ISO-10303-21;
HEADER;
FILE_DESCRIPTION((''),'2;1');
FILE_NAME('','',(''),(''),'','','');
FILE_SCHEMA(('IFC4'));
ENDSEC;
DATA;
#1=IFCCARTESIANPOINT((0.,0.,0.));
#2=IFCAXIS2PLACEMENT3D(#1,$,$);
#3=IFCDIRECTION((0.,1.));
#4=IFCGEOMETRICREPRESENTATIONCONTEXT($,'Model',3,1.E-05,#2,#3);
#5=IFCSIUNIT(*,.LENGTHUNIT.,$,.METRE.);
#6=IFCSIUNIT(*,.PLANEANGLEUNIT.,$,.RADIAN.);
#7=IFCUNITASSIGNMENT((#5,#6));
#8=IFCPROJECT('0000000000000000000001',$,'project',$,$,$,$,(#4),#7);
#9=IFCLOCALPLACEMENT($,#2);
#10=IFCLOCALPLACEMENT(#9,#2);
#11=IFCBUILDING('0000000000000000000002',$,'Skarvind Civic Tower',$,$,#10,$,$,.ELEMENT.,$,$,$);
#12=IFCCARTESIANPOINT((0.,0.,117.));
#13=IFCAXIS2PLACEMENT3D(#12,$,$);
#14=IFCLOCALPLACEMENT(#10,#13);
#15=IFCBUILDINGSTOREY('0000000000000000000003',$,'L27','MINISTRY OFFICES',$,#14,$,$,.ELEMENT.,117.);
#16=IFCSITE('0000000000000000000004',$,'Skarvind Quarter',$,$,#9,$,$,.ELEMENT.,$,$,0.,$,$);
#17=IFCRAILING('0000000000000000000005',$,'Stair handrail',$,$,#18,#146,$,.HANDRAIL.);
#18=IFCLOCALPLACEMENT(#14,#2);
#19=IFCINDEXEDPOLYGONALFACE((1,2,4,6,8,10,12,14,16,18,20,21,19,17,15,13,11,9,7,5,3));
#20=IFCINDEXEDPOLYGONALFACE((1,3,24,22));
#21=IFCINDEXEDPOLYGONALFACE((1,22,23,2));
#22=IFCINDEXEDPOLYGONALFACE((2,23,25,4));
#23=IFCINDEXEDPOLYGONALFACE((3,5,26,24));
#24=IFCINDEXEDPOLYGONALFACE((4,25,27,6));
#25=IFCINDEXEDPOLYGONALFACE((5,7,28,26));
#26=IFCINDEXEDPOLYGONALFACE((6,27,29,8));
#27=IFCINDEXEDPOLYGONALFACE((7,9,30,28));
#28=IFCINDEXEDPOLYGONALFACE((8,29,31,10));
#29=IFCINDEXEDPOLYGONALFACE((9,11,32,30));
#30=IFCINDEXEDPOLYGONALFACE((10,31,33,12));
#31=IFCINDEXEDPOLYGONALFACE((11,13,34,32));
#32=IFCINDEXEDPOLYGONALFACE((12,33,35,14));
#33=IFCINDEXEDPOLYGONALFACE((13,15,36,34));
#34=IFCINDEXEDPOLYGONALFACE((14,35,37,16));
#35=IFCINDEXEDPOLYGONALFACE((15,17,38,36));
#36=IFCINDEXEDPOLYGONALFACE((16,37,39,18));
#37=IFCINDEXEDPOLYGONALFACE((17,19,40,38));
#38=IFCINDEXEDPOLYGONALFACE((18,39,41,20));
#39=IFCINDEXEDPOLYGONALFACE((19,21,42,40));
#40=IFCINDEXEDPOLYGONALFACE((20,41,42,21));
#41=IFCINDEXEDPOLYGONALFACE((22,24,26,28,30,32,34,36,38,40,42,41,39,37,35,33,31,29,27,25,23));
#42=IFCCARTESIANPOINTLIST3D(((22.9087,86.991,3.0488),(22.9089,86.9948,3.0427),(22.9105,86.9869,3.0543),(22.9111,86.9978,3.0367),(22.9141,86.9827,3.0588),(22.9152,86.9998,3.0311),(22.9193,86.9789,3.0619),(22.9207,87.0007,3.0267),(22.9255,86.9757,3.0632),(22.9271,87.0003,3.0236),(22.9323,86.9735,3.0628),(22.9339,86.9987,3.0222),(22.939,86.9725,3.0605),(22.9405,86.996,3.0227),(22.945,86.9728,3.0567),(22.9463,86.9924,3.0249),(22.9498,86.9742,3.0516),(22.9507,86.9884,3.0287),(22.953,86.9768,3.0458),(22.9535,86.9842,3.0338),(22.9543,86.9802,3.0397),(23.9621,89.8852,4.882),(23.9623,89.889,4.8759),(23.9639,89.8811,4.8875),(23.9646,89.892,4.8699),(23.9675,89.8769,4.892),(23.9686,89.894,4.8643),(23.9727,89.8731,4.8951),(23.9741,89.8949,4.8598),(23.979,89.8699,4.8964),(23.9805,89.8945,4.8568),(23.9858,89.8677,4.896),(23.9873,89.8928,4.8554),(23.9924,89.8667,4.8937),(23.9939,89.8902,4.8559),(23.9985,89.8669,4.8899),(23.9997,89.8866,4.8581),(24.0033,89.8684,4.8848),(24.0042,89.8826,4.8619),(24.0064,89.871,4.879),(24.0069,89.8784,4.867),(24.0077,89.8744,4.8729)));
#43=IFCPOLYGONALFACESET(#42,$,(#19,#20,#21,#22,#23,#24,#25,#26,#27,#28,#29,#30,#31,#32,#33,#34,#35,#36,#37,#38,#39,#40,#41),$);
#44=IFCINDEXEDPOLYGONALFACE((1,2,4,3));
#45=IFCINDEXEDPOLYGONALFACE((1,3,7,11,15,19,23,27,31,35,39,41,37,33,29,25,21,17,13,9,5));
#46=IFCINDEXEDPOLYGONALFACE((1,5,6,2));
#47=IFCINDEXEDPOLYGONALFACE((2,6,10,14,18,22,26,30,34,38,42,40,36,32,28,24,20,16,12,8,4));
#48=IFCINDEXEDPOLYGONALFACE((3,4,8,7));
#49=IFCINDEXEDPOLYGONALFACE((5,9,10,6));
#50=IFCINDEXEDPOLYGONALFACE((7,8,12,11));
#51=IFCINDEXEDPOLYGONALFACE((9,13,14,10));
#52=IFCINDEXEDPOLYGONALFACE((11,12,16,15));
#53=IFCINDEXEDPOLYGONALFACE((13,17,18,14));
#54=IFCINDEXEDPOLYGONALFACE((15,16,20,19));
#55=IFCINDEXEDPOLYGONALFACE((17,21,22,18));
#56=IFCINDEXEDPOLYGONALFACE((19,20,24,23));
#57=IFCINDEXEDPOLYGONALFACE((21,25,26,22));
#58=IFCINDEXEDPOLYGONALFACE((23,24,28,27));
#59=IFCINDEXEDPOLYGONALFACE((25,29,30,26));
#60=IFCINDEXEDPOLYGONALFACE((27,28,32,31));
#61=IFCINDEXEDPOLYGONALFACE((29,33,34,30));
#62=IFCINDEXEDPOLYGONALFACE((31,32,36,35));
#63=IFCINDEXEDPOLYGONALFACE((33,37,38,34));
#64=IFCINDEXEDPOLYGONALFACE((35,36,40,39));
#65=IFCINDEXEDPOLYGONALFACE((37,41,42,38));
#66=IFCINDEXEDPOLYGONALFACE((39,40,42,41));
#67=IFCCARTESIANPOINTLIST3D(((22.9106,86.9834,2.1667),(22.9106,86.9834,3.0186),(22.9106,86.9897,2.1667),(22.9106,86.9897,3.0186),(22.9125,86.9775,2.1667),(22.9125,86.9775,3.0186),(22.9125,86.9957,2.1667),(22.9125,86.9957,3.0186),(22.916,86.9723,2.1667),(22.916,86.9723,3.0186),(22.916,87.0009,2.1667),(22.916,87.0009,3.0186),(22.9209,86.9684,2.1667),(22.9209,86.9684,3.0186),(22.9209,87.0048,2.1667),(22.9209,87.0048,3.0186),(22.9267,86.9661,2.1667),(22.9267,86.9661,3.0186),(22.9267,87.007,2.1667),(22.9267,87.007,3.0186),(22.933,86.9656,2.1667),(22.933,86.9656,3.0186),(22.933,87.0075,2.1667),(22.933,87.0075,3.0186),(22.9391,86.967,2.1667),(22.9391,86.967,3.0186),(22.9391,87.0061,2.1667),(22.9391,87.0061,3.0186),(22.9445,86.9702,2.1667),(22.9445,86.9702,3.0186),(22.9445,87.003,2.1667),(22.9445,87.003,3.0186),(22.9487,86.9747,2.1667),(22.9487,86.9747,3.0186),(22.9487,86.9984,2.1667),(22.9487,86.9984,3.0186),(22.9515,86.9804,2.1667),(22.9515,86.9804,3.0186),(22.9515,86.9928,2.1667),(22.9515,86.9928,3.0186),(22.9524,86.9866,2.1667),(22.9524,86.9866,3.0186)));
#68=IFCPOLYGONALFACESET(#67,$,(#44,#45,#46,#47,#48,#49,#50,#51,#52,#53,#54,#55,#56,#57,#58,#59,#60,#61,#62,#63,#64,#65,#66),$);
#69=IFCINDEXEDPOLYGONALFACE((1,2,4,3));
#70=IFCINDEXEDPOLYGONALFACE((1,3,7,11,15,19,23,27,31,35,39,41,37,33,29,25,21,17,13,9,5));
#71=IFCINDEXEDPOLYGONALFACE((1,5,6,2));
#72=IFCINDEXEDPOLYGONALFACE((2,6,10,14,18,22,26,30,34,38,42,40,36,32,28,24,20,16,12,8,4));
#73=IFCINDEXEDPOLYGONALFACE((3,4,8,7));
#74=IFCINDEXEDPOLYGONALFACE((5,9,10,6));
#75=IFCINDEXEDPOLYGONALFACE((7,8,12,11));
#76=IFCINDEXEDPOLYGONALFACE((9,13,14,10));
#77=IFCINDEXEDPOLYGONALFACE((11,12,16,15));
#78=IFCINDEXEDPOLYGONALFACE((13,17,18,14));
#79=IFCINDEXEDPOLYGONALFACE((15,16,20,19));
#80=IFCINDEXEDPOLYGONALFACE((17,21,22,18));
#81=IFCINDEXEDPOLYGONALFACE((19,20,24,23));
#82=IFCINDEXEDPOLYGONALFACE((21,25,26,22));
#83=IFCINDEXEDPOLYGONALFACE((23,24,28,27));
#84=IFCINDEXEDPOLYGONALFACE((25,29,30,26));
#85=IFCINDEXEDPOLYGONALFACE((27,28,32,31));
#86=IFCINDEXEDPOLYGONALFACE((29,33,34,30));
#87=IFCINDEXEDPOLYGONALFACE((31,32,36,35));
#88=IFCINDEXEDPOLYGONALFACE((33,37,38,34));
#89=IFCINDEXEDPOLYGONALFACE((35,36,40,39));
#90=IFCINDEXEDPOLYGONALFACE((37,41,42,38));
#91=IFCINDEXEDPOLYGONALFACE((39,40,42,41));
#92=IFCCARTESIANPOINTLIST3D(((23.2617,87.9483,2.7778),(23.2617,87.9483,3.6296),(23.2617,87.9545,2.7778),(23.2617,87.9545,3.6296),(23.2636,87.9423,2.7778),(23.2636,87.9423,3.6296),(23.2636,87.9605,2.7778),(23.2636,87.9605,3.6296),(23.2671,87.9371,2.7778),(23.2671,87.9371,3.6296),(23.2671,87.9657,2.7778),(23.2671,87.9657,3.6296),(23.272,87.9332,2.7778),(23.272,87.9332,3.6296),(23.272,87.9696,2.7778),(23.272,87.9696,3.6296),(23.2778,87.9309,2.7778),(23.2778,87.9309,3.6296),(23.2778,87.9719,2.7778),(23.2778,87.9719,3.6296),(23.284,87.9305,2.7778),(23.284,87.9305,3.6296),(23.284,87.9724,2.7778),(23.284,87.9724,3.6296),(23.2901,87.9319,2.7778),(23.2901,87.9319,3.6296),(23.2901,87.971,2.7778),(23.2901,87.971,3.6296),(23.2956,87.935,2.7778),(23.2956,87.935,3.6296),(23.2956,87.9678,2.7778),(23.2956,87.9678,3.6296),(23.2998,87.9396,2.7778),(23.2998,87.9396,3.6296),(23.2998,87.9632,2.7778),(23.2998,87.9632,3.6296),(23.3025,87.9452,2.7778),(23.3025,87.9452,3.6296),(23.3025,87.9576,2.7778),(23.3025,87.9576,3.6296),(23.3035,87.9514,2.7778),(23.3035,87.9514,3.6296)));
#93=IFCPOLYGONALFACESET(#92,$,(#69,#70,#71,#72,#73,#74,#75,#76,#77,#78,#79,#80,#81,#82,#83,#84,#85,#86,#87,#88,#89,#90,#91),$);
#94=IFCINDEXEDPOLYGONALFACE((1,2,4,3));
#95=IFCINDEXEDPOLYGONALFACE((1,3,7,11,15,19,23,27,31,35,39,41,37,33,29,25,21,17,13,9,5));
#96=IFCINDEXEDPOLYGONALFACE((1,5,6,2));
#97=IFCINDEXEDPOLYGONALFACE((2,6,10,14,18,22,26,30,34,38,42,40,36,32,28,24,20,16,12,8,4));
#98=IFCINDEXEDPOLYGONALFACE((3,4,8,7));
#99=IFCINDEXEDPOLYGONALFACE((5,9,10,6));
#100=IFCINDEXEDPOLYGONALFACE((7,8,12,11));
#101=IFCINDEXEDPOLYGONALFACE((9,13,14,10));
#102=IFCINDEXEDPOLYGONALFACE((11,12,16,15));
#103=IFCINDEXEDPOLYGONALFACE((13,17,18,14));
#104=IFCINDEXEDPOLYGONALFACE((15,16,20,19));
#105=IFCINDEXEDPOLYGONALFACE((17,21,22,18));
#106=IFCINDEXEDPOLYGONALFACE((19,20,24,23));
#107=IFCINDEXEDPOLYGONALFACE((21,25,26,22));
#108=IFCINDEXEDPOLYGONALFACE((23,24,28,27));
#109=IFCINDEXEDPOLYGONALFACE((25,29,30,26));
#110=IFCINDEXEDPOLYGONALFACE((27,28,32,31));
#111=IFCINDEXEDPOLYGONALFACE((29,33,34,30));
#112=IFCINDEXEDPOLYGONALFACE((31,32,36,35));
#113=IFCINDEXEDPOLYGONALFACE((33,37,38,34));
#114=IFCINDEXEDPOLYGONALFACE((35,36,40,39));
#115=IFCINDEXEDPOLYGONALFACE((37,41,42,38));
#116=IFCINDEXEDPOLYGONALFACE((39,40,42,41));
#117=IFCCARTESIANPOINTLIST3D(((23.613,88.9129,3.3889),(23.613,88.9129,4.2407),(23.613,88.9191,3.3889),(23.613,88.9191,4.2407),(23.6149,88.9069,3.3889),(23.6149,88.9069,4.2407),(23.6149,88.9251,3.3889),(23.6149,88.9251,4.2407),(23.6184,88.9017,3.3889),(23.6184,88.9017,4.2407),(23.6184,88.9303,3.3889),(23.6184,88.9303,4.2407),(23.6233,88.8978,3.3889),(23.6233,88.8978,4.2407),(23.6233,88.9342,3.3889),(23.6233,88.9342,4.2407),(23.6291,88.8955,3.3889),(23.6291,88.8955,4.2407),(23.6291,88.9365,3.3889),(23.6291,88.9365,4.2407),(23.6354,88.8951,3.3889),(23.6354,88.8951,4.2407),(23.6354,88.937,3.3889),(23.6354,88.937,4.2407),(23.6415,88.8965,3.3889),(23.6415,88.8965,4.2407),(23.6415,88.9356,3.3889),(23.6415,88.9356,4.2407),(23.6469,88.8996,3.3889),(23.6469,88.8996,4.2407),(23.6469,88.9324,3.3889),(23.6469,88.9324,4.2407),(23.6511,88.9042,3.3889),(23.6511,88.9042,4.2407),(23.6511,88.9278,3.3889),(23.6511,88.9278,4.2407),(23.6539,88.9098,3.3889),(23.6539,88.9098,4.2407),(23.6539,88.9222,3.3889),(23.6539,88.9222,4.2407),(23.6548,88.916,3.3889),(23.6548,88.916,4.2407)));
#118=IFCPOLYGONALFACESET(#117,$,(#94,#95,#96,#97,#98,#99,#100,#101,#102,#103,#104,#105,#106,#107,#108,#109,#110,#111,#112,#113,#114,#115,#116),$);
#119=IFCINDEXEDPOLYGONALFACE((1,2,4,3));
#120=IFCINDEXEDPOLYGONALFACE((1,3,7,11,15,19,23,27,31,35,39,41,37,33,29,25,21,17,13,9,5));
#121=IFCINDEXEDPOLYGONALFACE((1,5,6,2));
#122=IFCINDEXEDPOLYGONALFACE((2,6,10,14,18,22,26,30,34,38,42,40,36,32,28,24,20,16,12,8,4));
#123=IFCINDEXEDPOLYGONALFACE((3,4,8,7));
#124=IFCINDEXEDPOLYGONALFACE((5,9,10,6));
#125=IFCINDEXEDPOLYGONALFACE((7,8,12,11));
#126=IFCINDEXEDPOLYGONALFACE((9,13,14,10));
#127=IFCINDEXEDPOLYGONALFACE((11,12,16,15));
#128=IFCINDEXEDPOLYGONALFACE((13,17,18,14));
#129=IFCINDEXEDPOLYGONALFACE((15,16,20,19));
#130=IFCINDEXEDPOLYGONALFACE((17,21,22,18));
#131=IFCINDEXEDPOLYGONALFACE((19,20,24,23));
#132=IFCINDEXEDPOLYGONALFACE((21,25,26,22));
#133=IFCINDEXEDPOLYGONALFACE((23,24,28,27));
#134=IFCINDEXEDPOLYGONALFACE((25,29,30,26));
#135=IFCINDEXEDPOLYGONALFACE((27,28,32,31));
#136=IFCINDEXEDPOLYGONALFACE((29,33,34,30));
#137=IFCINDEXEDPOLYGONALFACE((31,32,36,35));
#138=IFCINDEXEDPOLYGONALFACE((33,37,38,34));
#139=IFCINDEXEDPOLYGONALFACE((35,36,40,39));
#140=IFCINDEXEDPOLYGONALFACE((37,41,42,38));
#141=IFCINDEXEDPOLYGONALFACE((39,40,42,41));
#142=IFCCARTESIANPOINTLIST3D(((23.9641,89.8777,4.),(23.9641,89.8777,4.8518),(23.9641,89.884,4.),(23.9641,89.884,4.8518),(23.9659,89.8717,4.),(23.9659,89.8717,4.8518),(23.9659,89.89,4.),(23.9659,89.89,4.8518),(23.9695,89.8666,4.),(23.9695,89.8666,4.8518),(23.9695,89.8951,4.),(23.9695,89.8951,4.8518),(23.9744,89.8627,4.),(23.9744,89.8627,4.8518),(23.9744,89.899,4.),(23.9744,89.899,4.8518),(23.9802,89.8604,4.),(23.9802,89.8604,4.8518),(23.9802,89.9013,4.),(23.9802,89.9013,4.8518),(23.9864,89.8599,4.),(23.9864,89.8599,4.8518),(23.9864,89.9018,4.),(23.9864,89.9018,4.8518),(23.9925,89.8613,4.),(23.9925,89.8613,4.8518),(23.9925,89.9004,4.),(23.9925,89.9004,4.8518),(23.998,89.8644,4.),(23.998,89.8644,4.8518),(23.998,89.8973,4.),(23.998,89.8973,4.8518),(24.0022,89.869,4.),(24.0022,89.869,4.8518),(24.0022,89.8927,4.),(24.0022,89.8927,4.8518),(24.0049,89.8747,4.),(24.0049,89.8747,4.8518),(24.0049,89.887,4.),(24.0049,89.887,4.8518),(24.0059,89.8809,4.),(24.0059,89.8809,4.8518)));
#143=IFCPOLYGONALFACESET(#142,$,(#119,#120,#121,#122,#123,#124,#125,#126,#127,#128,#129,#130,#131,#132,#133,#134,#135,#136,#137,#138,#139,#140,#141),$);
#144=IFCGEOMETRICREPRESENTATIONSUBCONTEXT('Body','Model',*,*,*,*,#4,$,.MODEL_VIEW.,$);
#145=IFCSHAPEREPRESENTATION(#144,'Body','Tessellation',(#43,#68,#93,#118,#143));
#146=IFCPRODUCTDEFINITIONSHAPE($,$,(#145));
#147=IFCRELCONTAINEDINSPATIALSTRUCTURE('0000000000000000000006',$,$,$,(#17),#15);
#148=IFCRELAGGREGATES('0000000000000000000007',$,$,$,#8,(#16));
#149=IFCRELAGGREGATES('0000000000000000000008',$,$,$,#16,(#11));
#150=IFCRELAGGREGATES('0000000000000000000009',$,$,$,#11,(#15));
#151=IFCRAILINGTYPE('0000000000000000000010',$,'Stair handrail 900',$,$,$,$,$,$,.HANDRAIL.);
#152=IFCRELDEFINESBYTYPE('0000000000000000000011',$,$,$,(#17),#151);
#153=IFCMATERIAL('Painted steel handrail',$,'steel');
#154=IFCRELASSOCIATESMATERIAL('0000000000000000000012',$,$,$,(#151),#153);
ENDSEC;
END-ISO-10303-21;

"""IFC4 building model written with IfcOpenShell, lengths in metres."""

from ifc_helpers import new_model, si_unit, direction, frame, origin, origin_2d, place, context, subcontext, project, spatial, circle, extrude, material, type_object, element, save


model = new_model("IFC4")

# Units and contexts
model_context = context("Model", 3, precision=1e-05, world=origin(), true_north=direction((0.0, 1.0)))
body_context = subcontext(model_context, "Body", "Model", "MODEL_VIEW")
ifc_project = project(units=[si_unit("LENGTHUNIT", "METRE"), si_unit("PLANEANGLEUNIT", "RADIAN")], contexts=[model_context])

# Site, building, storey
site_placement = place(None, origin())
site = spatial("IfcSite", under=ifc_project, at=site_placement, Name="Skarvind Quarter", CompositionType="ELEMENT", RefElevation=0.0)
building_placement = place(site_placement, origin())
building = spatial("IfcBuilding", under=site, at=building_placement, Name="Skarvind Civic Tower", CompositionType="ELEMENT")
storey_placement = place(building_placement, frame((0.0, 0.0, 117.0)))
storey = spatial("IfcBuildingStorey", under=building, at=storey_placement, Name="L27", Description="MINISTRY OFFICES", CompositionType="ELEMENT", Elevation=117.0)

# Railing
ifc_material_1 = material(Name="Painted steel handrail", Category="steel")
railing_type = type_object("IfcRailingType", Name="Stair handrail 900", PredefinedType="HANDRAIL", material=ifc_material_1)
for number, where, name in (
    (1, (22.9314, 86.9866, 2.1667), "Stair handrail"),
):
    element("IfcRailing", number, at=place(storey_placement, frame(where)), inside=storey, type_object=railing_type, Name=name, PredefinedType="HANDRAIL", context=body_context, shape_type="SweptSolid", body=[
        extrude(circle(Radius=0.0239, at=origin_2d()), frame((0.0, 0.0, 0.876), z_axis=(0.293908, 0.807481, 0.511461), x_axis=(-0.939689, 0.342029, 0.0)), (0.0, 0.0, 1.0), 3.5842),
        extrude(circle(Radius=0.021, at=origin_2d()), origin(), (0.0, 0.0, 1.0), 0.8518),
        extrude(circle(Radius=0.021, at=origin_2d()), frame((0.3511, 0.9648, 0.6111)), (0.0, 0.0, 1.0), 0.8518),
        extrude(circle(Radius=0.021, at=origin_2d()), frame((0.7024, 1.9294, 1.2222)), (0.0, 0.0, 1.0), 0.8518),
        extrude(circle(Radius=0.021, at=origin_2d()), frame((1.0535, 2.8943, 1.8333)), (0.0, 0.0, 1.0), 0.8518),
    ])

save(model, "model.ifc")
